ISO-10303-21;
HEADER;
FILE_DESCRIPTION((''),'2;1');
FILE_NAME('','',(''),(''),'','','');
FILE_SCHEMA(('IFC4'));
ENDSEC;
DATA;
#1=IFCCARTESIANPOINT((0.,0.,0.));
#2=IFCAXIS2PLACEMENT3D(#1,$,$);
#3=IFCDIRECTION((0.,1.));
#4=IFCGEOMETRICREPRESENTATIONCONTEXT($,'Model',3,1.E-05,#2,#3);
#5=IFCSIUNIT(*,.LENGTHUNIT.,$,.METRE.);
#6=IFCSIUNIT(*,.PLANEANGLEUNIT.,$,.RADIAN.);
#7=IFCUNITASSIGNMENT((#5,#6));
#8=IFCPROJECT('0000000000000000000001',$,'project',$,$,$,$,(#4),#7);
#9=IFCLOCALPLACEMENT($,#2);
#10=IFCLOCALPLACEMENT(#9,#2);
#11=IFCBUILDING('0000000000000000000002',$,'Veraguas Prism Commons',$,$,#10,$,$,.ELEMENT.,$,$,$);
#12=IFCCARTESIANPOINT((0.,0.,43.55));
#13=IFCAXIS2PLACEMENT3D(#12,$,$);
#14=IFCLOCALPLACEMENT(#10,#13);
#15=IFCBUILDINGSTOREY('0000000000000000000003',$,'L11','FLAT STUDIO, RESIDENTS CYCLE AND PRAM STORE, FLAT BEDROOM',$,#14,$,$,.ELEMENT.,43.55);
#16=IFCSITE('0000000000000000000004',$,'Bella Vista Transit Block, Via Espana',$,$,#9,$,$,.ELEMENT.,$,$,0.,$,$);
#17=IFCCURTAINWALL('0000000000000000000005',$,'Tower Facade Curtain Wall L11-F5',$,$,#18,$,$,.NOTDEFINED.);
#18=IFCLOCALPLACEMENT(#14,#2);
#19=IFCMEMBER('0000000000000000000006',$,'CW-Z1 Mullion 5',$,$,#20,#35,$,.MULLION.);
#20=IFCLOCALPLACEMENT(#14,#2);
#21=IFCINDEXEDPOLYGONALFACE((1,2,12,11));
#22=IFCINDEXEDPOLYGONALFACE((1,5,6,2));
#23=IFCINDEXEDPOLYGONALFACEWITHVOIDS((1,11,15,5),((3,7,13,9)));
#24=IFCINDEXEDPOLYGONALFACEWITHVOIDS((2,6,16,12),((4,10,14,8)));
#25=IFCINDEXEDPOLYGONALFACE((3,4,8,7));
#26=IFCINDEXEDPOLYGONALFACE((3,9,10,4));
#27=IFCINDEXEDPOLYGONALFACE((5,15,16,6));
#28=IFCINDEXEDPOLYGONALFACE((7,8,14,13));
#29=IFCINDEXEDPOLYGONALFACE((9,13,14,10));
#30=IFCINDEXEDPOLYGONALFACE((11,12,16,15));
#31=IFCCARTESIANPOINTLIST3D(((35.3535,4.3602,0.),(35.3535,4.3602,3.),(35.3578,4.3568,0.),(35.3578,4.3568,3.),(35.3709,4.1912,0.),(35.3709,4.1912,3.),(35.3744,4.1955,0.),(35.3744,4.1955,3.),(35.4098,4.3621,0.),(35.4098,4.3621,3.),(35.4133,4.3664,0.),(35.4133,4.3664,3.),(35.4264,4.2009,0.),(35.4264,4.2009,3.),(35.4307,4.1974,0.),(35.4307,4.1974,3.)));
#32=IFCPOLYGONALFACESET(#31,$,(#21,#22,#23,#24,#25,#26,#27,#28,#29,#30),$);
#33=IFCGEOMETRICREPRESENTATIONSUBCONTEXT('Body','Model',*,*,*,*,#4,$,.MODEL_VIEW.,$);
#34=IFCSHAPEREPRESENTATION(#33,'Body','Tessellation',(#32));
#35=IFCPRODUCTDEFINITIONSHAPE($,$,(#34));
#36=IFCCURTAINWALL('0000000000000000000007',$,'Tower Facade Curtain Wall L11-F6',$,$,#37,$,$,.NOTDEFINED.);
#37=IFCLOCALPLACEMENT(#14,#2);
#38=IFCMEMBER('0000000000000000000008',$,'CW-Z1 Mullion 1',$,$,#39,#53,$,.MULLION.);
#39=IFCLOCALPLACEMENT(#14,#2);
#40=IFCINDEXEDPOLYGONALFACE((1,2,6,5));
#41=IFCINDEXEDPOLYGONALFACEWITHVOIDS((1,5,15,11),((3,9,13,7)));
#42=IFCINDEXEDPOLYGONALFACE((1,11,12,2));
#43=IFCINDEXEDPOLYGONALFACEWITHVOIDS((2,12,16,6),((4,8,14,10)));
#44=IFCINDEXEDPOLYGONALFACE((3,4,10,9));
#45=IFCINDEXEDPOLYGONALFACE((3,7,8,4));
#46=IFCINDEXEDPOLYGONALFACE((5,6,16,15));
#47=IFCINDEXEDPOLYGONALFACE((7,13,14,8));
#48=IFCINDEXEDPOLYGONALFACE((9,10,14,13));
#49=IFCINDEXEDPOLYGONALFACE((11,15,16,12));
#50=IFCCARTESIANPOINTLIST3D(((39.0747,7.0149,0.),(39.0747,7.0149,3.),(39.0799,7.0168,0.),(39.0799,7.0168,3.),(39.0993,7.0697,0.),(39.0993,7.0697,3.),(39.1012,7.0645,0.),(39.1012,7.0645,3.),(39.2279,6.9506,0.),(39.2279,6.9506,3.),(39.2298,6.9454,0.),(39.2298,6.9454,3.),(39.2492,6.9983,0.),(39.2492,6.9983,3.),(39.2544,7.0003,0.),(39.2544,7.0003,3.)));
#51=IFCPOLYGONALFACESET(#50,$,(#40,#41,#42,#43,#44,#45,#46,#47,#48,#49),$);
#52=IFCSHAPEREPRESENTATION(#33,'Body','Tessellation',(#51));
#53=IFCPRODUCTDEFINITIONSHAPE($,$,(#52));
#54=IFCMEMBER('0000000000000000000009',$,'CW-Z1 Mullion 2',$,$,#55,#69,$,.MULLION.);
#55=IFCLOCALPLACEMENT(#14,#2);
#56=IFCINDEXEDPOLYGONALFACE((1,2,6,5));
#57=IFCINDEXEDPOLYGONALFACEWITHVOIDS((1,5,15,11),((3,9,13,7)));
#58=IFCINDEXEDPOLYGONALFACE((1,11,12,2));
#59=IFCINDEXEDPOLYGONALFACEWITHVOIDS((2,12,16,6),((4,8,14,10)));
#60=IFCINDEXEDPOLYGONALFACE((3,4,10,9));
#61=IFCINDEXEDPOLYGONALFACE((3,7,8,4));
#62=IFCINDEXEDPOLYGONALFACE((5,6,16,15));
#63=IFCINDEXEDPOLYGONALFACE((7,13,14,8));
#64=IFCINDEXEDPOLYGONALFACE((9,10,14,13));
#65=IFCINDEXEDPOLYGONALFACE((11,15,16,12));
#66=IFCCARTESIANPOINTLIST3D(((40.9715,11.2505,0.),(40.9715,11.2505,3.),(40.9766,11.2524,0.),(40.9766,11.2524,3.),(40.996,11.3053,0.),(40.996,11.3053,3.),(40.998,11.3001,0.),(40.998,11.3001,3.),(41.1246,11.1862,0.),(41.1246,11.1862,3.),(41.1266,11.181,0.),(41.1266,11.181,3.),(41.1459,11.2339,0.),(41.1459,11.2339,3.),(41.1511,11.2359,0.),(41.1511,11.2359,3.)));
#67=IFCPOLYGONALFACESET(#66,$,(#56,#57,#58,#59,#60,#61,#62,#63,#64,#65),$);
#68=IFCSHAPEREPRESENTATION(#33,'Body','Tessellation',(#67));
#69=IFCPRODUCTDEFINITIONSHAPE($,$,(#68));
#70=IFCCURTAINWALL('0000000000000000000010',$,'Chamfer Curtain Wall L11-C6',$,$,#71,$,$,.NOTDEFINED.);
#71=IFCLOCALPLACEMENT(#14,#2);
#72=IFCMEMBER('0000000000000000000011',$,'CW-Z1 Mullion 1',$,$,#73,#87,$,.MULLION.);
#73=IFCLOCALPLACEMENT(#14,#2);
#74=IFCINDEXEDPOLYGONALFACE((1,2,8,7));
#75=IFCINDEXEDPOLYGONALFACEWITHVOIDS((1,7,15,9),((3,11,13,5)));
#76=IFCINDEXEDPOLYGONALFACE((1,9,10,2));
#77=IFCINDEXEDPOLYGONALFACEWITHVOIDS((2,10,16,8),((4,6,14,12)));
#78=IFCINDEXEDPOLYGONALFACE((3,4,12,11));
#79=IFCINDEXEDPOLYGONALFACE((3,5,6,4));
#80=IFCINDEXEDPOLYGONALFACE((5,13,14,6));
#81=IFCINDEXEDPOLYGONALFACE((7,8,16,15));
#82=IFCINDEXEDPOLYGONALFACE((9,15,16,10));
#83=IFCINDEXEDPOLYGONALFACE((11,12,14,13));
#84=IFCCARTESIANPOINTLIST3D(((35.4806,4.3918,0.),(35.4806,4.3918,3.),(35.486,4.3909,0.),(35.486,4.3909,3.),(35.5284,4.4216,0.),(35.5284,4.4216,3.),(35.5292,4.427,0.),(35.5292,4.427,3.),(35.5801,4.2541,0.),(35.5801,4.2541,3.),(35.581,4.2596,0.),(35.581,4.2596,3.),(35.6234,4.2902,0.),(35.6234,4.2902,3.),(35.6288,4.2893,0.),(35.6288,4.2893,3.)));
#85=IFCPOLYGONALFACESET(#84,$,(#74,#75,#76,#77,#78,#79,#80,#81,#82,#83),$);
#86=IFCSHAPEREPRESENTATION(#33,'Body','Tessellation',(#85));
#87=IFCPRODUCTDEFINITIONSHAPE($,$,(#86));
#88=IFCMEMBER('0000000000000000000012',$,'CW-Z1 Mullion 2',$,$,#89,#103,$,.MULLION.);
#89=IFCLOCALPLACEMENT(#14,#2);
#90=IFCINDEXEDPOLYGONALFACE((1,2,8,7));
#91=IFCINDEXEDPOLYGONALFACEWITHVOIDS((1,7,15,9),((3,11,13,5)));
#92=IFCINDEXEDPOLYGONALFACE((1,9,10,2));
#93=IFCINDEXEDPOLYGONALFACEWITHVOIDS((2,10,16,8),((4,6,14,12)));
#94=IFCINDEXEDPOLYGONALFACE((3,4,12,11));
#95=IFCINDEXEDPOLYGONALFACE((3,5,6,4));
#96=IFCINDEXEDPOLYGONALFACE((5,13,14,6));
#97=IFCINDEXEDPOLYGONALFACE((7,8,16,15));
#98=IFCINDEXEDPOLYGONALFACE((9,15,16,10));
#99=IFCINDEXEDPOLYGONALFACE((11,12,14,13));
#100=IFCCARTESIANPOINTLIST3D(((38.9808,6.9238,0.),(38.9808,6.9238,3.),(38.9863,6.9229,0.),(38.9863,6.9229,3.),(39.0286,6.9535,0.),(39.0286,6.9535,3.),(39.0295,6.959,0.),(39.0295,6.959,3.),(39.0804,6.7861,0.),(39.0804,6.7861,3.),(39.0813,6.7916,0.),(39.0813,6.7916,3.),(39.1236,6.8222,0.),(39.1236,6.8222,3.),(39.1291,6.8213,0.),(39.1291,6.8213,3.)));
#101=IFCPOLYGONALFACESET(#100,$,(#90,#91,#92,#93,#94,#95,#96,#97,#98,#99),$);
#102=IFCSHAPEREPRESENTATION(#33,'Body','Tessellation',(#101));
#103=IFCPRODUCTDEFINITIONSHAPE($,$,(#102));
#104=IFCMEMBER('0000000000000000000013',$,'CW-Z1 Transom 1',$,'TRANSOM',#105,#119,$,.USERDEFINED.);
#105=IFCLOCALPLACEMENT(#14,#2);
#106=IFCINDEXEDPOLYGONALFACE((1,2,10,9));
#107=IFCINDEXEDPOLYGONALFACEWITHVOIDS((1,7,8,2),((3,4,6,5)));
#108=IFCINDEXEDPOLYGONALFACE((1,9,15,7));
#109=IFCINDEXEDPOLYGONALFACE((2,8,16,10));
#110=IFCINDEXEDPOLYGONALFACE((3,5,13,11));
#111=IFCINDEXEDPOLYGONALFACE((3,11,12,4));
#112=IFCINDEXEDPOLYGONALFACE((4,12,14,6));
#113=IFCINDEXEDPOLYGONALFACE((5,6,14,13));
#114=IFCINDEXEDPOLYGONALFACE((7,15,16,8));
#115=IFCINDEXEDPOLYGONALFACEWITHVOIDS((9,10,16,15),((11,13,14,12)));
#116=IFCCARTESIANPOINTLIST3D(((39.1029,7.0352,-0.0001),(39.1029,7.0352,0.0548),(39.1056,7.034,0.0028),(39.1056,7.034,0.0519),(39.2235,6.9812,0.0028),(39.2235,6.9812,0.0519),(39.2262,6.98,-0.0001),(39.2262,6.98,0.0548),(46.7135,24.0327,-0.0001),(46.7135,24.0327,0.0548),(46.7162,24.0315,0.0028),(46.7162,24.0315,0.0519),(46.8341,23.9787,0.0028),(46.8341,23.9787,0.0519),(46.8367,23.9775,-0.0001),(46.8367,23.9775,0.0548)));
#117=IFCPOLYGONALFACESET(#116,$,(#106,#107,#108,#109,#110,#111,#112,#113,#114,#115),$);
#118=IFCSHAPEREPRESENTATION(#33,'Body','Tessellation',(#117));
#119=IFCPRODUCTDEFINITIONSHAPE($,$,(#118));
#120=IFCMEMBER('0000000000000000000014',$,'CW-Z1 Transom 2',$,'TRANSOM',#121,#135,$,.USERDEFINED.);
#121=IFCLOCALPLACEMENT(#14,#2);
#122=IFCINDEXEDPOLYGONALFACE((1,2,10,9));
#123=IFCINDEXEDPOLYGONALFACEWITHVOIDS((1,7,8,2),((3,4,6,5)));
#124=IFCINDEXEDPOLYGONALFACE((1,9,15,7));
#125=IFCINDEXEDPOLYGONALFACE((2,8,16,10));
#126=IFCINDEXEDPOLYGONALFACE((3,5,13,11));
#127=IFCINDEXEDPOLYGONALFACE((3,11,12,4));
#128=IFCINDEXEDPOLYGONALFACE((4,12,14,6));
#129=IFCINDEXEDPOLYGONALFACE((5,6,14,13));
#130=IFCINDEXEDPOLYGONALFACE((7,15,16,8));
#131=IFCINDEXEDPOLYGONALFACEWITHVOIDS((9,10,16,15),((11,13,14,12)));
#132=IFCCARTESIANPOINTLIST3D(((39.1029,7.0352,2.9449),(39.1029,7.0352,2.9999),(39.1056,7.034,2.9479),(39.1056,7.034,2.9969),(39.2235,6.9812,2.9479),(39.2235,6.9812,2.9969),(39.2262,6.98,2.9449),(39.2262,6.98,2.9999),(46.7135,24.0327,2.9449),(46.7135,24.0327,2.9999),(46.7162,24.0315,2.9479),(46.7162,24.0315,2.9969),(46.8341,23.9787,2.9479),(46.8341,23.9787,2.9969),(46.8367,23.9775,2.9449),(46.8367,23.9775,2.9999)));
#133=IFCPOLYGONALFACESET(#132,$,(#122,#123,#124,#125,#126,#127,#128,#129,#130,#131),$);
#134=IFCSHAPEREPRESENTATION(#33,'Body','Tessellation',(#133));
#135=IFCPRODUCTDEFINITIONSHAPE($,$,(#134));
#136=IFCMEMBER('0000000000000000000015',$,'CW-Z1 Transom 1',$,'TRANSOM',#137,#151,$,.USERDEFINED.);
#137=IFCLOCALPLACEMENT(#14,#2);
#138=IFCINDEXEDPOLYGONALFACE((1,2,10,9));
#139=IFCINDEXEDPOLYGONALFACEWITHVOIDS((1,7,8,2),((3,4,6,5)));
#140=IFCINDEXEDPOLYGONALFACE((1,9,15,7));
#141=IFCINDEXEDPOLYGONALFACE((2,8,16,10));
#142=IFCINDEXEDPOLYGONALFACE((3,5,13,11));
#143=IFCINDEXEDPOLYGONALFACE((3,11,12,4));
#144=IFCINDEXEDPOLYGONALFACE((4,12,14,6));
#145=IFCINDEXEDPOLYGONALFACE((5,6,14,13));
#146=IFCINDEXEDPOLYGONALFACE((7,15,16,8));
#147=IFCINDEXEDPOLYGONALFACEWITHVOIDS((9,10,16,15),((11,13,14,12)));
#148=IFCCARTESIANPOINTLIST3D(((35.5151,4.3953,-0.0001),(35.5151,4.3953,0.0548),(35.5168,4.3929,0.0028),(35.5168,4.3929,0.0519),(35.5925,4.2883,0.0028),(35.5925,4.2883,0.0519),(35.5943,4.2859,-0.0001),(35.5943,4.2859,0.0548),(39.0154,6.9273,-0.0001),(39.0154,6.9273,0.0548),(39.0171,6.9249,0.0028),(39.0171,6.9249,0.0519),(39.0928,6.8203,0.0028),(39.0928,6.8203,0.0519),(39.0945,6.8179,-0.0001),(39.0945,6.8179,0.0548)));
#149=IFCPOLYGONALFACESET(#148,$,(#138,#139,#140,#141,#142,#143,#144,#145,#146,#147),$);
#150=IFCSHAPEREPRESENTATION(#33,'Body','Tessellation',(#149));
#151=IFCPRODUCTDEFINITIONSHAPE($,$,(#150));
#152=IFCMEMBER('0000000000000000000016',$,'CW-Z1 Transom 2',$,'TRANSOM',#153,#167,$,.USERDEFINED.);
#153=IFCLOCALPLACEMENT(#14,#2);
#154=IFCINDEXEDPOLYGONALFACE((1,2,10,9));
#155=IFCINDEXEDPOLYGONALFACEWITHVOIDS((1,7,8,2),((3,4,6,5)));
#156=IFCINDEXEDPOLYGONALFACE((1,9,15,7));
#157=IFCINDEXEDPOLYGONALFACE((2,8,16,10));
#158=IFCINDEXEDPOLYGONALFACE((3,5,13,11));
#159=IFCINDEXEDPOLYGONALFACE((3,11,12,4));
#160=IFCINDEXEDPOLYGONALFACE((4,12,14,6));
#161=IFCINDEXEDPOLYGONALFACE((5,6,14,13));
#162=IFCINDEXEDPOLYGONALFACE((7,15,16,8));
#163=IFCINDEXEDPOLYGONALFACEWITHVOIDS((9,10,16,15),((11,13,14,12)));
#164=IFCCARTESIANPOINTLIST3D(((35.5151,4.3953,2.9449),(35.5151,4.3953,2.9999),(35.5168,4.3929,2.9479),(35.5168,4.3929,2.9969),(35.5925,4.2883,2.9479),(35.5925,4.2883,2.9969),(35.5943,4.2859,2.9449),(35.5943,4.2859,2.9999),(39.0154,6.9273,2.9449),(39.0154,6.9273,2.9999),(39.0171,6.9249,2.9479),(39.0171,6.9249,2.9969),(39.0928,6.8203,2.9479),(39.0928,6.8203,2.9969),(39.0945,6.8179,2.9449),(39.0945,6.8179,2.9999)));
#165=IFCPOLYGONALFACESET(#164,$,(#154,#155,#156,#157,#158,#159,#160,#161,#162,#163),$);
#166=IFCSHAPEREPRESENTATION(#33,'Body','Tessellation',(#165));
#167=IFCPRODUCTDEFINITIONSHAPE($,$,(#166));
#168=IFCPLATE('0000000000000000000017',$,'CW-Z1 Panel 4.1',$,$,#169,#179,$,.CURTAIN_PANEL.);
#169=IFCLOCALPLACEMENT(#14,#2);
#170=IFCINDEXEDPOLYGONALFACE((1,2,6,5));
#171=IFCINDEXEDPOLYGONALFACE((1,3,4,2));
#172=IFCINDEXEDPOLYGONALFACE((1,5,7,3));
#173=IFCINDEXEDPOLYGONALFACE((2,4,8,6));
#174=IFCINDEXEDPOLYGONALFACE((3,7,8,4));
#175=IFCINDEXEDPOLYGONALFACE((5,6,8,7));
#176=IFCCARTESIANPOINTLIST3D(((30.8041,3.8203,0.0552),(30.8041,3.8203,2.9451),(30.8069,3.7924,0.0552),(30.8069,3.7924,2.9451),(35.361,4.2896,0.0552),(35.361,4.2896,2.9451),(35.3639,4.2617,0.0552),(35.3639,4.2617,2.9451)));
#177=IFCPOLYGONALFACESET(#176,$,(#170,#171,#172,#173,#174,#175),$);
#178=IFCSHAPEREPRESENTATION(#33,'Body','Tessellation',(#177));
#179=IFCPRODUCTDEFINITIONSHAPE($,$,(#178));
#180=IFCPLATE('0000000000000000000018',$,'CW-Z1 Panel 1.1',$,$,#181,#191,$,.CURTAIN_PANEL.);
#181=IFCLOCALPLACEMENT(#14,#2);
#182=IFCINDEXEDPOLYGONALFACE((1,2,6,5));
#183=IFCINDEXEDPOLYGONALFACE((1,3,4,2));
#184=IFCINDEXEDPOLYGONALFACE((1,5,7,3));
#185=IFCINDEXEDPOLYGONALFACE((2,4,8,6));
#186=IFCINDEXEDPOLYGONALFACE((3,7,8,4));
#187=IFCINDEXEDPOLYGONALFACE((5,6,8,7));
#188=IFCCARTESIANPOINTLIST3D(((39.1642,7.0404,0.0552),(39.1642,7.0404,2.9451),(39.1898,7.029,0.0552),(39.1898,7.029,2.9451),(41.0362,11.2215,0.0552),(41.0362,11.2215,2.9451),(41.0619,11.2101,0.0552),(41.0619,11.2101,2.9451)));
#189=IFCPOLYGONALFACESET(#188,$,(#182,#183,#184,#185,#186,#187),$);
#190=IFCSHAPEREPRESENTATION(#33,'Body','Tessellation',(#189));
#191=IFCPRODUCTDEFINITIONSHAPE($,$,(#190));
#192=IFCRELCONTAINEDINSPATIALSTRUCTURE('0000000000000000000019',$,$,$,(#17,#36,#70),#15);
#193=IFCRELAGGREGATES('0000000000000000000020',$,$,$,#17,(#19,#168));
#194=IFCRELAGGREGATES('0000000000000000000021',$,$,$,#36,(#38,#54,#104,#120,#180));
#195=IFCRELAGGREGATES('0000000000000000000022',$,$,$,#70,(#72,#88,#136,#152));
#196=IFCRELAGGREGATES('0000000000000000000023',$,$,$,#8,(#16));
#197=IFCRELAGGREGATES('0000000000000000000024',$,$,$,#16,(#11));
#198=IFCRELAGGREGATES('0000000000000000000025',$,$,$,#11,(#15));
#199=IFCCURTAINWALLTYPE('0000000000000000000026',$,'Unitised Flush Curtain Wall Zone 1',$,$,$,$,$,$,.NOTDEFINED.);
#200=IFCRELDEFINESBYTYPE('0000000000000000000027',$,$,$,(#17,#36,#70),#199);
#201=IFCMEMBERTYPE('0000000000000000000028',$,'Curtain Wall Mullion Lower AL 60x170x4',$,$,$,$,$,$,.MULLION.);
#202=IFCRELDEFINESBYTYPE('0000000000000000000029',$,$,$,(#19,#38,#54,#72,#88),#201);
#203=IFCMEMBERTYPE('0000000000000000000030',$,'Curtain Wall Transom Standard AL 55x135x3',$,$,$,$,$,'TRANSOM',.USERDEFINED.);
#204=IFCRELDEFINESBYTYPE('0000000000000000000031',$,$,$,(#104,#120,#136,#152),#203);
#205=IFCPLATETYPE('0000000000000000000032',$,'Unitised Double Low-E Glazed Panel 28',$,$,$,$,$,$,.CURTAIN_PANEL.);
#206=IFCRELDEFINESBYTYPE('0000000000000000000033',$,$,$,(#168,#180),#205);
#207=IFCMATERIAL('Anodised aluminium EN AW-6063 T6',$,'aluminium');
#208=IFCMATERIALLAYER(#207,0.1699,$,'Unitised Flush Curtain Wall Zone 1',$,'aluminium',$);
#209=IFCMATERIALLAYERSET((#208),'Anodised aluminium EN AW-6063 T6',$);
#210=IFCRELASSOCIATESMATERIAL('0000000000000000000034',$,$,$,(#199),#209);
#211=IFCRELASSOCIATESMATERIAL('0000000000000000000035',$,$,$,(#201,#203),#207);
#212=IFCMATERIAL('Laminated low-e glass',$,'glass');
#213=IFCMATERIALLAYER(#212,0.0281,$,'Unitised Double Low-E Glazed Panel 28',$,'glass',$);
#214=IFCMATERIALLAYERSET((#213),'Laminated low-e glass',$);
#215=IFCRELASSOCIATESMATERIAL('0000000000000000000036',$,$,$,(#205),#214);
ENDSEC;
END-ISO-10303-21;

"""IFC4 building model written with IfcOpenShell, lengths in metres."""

from ifc_helpers import new_model, si_unit, direction, frame, origin, origin_2d, place, context, subcontext, project, spatial, rectangle, hollow_rectangle, extrude, source, transform, mapped, material, layer, layer_set, material_profile, profile_set, type_object, element, aggregate, save


model = new_model("IFC4")

# Units and contexts
model_context = context("Model", 3, precision=1e-05, world=origin(), true_north=direction((0.0, 1.0)))
body_context = subcontext(model_context, "Body", "Model", "MODEL_VIEW")
ifc_project = project(units=[si_unit("LENGTHUNIT", "METRE"), si_unit("PLANEANGLEUNIT", "RADIAN")], contexts=[model_context])

# Site, building, storey
site_placement = place(None, origin())
site = spatial("IfcSite", under=ifc_project, at=site_placement, Name="Bella Vista Transit Block, Via Espana", CompositionType="ELEMENT", RefElevation=0.0)
building_placement = place(site_placement, origin())
building = spatial("IfcBuilding", under=site, at=building_placement, Name="Veraguas Prism Commons", CompositionType="ELEMENT")
storey_placement = place(building_placement, frame((0.0, 0.0, 43.55)))
storey = spatial("IfcBuildingStorey", under=building, at=storey_placement, Name="L11", Description="FLAT STUDIO, RESIDENTS CYCLE AND PRAM STORE, FLAT BEDROOM", CompositionType="ELEMENT", Elevation=43.55)

# Curtain wall, member
ifc_material_1 = material(Name="Anodised aluminium EN AW-6063 T6", Category="aluminium")
ifc_layer_1 = layer(ifc_material_1, 0.1699, Name="Unitised Flush Curtain Wall Zone 1", Category="aluminium")
ifc_layer_set_1 = layer_set([ifc_layer_1], Name="Anodised aluminium EN AW-6063 T6")
curtain_wall_type = type_object("IfcCurtainWallType", Name="Unitised Flush Curtain Wall Zone 1", PredefinedType="NOTDEFINED", material=ifc_layer_set_1)
curtain_wall_1_placement = place(storey_placement, origin())
curtain_wall_1 = element("IfcCurtainWall", 1, at=curtain_wall_1_placement, inside=storey, type_object=curtain_wall_type, Name="Tower Facade Curtain Wall L11-F5", PredefinedType="NOTDEFINED")
ifc_material_profile_1 = material_profile(ifc_material_1, hollow_rectangle(XDim=0.0601, YDim=0.1699, WallThickness=0.0039, at=origin_2d()), Name="AL60X170X4")
ifc_profile_set_1 = profile_set([ifc_material_profile_1], Name="Anodised aluminium EN AW-6063 T6")
member_type_1 = type_object("IfcMemberType", Name="Curtain Wall Mullion Lower AL 60x170x4", PredefinedType="MULLION", material=ifc_profile_set_1)
shared_shape_1 = source(origin(), body_context, "Body", "SweptSolid", [
    extrude(hollow_rectangle(XDim=0.0601, YDim=0.1699, WallThickness=0.0039, at=origin_2d()), origin(), (0.0, 0.0, 1.0), 3.0),
])
member_1_placement = place(storey_placement, frame((35.3921, 4.2788, 0.0), z_axis=(0.0, 0.0, 1.0), x_axis=(0.994738, 0.102447, 0.0)))
member_1 = element("IfcMember", 2, at=member_1_placement, type_object=member_type_1, Name="CW-Z1 Mullion 5", PredefinedType="MULLION", context=body_context, shape_type="MappedRepresentation", body=[
    mapped(shared_shape_1, transform((0.0, 0.0, 0.0), scale=1.0)),
])

# Curtain walls, members
curtain_wall_2_placement = place(storey_placement, origin())
curtain_wall_2 = element("IfcCurtainWall", 3, at=curtain_wall_2_placement, inside=storey, type_object=curtain_wall_type, Name="Tower Facade Curtain Wall L11-F6", PredefinedType="NOTDEFINED")
member_2_placement = place(storey_placement, frame((39.1646, 7.0076, 0.0), z_axis=(0.0, 0.0, 1.0), x_axis=(0.408649, 0.912692, 0.0)))
member_2 = element("IfcMember", 4, at=member_2_placement, type_object=member_type_1, Name="CW-Z1 Mullion 1", PredefinedType="MULLION", context=body_context, shape_type="MappedRepresentation", body=[
    mapped(shared_shape_1, transform((0.0, 0.0, 0.0), scale=1.0)),
])
member_3_placement = place(storey_placement, frame((41.0613, 11.2432, 0.0), z_axis=(0.0, 0.0, 1.0), x_axis=(0.408649, 0.912692, 0.0)))
member_3 = element("IfcMember", 5, at=member_3_placement, type_object=member_type_1, Name="CW-Z1 Mullion 2", PredefinedType="MULLION", context=body_context, shape_type="MappedRepresentation", body=[
    mapped(shared_shape_1, transform((0.0, 0.0, 0.0), scale=1.0)),
])
curtain_wall_3_placement = place(storey_placement, origin())
curtain_wall_3 = element("IfcCurtainWall", 6, at=curtain_wall_3_placement, inside=storey, type_object=curtain_wall_type, Name="Chamfer Curtain Wall L11-C6", PredefinedType="NOTDEFINED")
member_4_placement = place(storey_placement, frame((35.5547, 4.3406, 0.0), z_axis=(0.0, 0.0, 1.0), x_axis=(0.810264, 0.586066, 0.0)))
member_4 = element("IfcMember", 7, at=member_4_placement, type_object=member_type_1, Name="CW-Z1 Mullion 1", PredefinedType="MULLION", context=body_context, shape_type="MappedRepresentation", body=[
    mapped(shared_shape_1, transform((0.0, 0.0, 0.0), scale=1.0)),
])
member_5_placement = place(storey_placement, frame((39.0549, 6.8726, 0.0), z_axis=(0.0, 0.0, 1.0), x_axis=(0.810264, 0.586066, 0.0)))
member_5 = element("IfcMember", 8, at=member_5_placement, type_object=member_type_1, Name="CW-Z1 Mullion 2", PredefinedType="MULLION", context=body_context, shape_type="MappedRepresentation", body=[
    mapped(shared_shape_1, transform((0.0, 0.0, 0.0), scale=1.0)),
])

# Members
ifc_material_profile_2 = material_profile(ifc_material_1, hollow_rectangle(XDim=0.0549, YDim=0.135, WallThickness=0.0029, at=origin_2d()), Name="AL55X135X3")
ifc_profile_set_2 = profile_set([ifc_material_profile_2], Name="Anodised aluminium EN AW-6063 T6")
member_type_2 = type_object("IfcMemberType", Name="Curtain Wall Transom Standard AL 55x135x3", ElementType="TRANSOM", PredefinedType="USERDEFINED", material=ifc_profile_set_2)
shared_shape_2 = source(origin(), body_context, "Body", "SweptSolid", [
    extrude(hollow_rectangle(XDim=0.0549, YDim=0.135, WallThickness=0.0029, at=origin_2d()), origin(), (0.0, 0.0, 1.0), 18.6235),
])
member_6_placement = place(storey_placement, frame((39.1646, 7.0076, 0.0273), z_axis=(0.408653, 0.91269, 0.0), x_axis=(0.0, 0.0, 1.0)))
member_6 = element("IfcMember", 9, at=member_6_placement, type_object=member_type_2, Name="CW-Z1 Transom 1", ObjectType="TRANSOM", PredefinedType="USERDEFINED", context=body_context, shape_type="MappedRepresentation", body=[
    mapped(shared_shape_2, transform((0.0, 0.0, 0.0), scale=1.0)),
])
member_7_placement = place(storey_placement, frame((39.1646, 7.0076, 2.9724), z_axis=(0.408653, 0.91269, 0.0), x_axis=(0.0, 0.0, 1.0)))
member_7 = element("IfcMember", 10, at=member_7_placement, type_object=member_type_2, Name="CW-Z1 Transom 2", ObjectType="TRANSOM", PredefinedType="USERDEFINED", context=body_context, shape_type="MappedRepresentation", body=[
    mapped(shared_shape_2, transform((0.0, 0.0, 0.0), scale=1.0)),
])
shared_shape_3 = source(origin(), body_context, "Body", "SweptSolid", [
    extrude(hollow_rectangle(XDim=0.0549, YDim=0.135, WallThickness=0.0029, at=origin_2d()), origin(), (0.0, 0.0, 1.0), 4.3201),
])
member_8_placement = place(storey_placement, frame((35.5547, 4.3406, 0.0273), z_axis=(0.810236, 0.586103, 0.0), x_axis=(0.0, 0.0, 1.0)))
member_8 = element("IfcMember", 11, at=member_8_placement, type_object=member_type_2, Name="CW-Z1 Transom 1", ObjectType="TRANSOM", PredefinedType="USERDEFINED", context=body_context, shape_type="MappedRepresentation", body=[
    mapped(shared_shape_3, transform((0.0, 0.0, 0.0), scale=1.0)),
])
member_9_placement = place(storey_placement, frame((35.5547, 4.3406, 2.9724), z_axis=(0.810236, 0.586103, 0.0), x_axis=(0.0, 0.0, 1.0)))
member_9 = element("IfcMember", 12, at=member_9_placement, type_object=member_type_2, Name="CW-Z1 Transom 2", ObjectType="TRANSOM", PredefinedType="USERDEFINED", context=body_context, shape_type="MappedRepresentation", body=[
    mapped(shared_shape_3, transform((0.0, 0.0, 0.0), scale=1.0)),
])

# Plates
ifc_material_2 = material(Name="Laminated low-e glass", Category="glass")
ifc_layer_2 = layer(ifc_material_2, 0.0281, Name="Unitised Double Low-E Glazed Panel 28", Category="glass")
ifc_layer_set_2 = layer_set([ifc_layer_2], Name="Laminated low-e glass")
plate_type = type_object("IfcPlateType", Name="Unitised Double Low-E Glazed Panel 28", PredefinedType="CURTAIN_PANEL", material=ifc_layer_set_2)
shared_shape_4 = source(origin(), body_context, "Body", "SweptSolid", [
    extrude(rectangle(XDim=4.5811, YDim=0.0281, at=origin_2d()), origin(), (0.0, 0.0, 1.0), 2.8899),
])
plate_1_placement = place(storey_placement, frame((33.084, 4.041, 0.0552), z_axis=(0.0, 0.0, 1.0), x_axis=(0.994738, 0.102447, 0.0)))
plate_1 = element("IfcPlate", 13, at=plate_1_placement, type_object=plate_type, Name="CW-Z1 Panel 4.1", PredefinedType="CURTAIN_PANEL", context=body_context, shape_type="MappedRepresentation", body=[
    mapped(shared_shape_4, transform((0.0, 0.0, 0.0), scale=1.0)),
])
aggregate(curtain_wall_1, [member_1, plate_1])
plate_2_placement = place(storey_placement, frame((40.113, 9.1252, 0.0552), z_axis=(0.0, 0.0, 1.0), x_axis=(0.408649, 0.912692, 0.0)))
plate_2 = element("IfcPlate", 14, at=plate_2_placement, type_object=plate_type, Name="CW-Z1 Panel 1.1", PredefinedType="CURTAIN_PANEL", context=body_context, shape_type="MappedRepresentation", body=[
    mapped(shared_shape_4, transform((0.0, 0.0, 0.0), scale=1.0)),
])
aggregate(curtain_wall_2, [member_2, member_3, member_6, member_7, plate_2])
aggregate(curtain_wall_3, [member_4, member_5, member_8, member_9])

save(model, "model.ifc")
